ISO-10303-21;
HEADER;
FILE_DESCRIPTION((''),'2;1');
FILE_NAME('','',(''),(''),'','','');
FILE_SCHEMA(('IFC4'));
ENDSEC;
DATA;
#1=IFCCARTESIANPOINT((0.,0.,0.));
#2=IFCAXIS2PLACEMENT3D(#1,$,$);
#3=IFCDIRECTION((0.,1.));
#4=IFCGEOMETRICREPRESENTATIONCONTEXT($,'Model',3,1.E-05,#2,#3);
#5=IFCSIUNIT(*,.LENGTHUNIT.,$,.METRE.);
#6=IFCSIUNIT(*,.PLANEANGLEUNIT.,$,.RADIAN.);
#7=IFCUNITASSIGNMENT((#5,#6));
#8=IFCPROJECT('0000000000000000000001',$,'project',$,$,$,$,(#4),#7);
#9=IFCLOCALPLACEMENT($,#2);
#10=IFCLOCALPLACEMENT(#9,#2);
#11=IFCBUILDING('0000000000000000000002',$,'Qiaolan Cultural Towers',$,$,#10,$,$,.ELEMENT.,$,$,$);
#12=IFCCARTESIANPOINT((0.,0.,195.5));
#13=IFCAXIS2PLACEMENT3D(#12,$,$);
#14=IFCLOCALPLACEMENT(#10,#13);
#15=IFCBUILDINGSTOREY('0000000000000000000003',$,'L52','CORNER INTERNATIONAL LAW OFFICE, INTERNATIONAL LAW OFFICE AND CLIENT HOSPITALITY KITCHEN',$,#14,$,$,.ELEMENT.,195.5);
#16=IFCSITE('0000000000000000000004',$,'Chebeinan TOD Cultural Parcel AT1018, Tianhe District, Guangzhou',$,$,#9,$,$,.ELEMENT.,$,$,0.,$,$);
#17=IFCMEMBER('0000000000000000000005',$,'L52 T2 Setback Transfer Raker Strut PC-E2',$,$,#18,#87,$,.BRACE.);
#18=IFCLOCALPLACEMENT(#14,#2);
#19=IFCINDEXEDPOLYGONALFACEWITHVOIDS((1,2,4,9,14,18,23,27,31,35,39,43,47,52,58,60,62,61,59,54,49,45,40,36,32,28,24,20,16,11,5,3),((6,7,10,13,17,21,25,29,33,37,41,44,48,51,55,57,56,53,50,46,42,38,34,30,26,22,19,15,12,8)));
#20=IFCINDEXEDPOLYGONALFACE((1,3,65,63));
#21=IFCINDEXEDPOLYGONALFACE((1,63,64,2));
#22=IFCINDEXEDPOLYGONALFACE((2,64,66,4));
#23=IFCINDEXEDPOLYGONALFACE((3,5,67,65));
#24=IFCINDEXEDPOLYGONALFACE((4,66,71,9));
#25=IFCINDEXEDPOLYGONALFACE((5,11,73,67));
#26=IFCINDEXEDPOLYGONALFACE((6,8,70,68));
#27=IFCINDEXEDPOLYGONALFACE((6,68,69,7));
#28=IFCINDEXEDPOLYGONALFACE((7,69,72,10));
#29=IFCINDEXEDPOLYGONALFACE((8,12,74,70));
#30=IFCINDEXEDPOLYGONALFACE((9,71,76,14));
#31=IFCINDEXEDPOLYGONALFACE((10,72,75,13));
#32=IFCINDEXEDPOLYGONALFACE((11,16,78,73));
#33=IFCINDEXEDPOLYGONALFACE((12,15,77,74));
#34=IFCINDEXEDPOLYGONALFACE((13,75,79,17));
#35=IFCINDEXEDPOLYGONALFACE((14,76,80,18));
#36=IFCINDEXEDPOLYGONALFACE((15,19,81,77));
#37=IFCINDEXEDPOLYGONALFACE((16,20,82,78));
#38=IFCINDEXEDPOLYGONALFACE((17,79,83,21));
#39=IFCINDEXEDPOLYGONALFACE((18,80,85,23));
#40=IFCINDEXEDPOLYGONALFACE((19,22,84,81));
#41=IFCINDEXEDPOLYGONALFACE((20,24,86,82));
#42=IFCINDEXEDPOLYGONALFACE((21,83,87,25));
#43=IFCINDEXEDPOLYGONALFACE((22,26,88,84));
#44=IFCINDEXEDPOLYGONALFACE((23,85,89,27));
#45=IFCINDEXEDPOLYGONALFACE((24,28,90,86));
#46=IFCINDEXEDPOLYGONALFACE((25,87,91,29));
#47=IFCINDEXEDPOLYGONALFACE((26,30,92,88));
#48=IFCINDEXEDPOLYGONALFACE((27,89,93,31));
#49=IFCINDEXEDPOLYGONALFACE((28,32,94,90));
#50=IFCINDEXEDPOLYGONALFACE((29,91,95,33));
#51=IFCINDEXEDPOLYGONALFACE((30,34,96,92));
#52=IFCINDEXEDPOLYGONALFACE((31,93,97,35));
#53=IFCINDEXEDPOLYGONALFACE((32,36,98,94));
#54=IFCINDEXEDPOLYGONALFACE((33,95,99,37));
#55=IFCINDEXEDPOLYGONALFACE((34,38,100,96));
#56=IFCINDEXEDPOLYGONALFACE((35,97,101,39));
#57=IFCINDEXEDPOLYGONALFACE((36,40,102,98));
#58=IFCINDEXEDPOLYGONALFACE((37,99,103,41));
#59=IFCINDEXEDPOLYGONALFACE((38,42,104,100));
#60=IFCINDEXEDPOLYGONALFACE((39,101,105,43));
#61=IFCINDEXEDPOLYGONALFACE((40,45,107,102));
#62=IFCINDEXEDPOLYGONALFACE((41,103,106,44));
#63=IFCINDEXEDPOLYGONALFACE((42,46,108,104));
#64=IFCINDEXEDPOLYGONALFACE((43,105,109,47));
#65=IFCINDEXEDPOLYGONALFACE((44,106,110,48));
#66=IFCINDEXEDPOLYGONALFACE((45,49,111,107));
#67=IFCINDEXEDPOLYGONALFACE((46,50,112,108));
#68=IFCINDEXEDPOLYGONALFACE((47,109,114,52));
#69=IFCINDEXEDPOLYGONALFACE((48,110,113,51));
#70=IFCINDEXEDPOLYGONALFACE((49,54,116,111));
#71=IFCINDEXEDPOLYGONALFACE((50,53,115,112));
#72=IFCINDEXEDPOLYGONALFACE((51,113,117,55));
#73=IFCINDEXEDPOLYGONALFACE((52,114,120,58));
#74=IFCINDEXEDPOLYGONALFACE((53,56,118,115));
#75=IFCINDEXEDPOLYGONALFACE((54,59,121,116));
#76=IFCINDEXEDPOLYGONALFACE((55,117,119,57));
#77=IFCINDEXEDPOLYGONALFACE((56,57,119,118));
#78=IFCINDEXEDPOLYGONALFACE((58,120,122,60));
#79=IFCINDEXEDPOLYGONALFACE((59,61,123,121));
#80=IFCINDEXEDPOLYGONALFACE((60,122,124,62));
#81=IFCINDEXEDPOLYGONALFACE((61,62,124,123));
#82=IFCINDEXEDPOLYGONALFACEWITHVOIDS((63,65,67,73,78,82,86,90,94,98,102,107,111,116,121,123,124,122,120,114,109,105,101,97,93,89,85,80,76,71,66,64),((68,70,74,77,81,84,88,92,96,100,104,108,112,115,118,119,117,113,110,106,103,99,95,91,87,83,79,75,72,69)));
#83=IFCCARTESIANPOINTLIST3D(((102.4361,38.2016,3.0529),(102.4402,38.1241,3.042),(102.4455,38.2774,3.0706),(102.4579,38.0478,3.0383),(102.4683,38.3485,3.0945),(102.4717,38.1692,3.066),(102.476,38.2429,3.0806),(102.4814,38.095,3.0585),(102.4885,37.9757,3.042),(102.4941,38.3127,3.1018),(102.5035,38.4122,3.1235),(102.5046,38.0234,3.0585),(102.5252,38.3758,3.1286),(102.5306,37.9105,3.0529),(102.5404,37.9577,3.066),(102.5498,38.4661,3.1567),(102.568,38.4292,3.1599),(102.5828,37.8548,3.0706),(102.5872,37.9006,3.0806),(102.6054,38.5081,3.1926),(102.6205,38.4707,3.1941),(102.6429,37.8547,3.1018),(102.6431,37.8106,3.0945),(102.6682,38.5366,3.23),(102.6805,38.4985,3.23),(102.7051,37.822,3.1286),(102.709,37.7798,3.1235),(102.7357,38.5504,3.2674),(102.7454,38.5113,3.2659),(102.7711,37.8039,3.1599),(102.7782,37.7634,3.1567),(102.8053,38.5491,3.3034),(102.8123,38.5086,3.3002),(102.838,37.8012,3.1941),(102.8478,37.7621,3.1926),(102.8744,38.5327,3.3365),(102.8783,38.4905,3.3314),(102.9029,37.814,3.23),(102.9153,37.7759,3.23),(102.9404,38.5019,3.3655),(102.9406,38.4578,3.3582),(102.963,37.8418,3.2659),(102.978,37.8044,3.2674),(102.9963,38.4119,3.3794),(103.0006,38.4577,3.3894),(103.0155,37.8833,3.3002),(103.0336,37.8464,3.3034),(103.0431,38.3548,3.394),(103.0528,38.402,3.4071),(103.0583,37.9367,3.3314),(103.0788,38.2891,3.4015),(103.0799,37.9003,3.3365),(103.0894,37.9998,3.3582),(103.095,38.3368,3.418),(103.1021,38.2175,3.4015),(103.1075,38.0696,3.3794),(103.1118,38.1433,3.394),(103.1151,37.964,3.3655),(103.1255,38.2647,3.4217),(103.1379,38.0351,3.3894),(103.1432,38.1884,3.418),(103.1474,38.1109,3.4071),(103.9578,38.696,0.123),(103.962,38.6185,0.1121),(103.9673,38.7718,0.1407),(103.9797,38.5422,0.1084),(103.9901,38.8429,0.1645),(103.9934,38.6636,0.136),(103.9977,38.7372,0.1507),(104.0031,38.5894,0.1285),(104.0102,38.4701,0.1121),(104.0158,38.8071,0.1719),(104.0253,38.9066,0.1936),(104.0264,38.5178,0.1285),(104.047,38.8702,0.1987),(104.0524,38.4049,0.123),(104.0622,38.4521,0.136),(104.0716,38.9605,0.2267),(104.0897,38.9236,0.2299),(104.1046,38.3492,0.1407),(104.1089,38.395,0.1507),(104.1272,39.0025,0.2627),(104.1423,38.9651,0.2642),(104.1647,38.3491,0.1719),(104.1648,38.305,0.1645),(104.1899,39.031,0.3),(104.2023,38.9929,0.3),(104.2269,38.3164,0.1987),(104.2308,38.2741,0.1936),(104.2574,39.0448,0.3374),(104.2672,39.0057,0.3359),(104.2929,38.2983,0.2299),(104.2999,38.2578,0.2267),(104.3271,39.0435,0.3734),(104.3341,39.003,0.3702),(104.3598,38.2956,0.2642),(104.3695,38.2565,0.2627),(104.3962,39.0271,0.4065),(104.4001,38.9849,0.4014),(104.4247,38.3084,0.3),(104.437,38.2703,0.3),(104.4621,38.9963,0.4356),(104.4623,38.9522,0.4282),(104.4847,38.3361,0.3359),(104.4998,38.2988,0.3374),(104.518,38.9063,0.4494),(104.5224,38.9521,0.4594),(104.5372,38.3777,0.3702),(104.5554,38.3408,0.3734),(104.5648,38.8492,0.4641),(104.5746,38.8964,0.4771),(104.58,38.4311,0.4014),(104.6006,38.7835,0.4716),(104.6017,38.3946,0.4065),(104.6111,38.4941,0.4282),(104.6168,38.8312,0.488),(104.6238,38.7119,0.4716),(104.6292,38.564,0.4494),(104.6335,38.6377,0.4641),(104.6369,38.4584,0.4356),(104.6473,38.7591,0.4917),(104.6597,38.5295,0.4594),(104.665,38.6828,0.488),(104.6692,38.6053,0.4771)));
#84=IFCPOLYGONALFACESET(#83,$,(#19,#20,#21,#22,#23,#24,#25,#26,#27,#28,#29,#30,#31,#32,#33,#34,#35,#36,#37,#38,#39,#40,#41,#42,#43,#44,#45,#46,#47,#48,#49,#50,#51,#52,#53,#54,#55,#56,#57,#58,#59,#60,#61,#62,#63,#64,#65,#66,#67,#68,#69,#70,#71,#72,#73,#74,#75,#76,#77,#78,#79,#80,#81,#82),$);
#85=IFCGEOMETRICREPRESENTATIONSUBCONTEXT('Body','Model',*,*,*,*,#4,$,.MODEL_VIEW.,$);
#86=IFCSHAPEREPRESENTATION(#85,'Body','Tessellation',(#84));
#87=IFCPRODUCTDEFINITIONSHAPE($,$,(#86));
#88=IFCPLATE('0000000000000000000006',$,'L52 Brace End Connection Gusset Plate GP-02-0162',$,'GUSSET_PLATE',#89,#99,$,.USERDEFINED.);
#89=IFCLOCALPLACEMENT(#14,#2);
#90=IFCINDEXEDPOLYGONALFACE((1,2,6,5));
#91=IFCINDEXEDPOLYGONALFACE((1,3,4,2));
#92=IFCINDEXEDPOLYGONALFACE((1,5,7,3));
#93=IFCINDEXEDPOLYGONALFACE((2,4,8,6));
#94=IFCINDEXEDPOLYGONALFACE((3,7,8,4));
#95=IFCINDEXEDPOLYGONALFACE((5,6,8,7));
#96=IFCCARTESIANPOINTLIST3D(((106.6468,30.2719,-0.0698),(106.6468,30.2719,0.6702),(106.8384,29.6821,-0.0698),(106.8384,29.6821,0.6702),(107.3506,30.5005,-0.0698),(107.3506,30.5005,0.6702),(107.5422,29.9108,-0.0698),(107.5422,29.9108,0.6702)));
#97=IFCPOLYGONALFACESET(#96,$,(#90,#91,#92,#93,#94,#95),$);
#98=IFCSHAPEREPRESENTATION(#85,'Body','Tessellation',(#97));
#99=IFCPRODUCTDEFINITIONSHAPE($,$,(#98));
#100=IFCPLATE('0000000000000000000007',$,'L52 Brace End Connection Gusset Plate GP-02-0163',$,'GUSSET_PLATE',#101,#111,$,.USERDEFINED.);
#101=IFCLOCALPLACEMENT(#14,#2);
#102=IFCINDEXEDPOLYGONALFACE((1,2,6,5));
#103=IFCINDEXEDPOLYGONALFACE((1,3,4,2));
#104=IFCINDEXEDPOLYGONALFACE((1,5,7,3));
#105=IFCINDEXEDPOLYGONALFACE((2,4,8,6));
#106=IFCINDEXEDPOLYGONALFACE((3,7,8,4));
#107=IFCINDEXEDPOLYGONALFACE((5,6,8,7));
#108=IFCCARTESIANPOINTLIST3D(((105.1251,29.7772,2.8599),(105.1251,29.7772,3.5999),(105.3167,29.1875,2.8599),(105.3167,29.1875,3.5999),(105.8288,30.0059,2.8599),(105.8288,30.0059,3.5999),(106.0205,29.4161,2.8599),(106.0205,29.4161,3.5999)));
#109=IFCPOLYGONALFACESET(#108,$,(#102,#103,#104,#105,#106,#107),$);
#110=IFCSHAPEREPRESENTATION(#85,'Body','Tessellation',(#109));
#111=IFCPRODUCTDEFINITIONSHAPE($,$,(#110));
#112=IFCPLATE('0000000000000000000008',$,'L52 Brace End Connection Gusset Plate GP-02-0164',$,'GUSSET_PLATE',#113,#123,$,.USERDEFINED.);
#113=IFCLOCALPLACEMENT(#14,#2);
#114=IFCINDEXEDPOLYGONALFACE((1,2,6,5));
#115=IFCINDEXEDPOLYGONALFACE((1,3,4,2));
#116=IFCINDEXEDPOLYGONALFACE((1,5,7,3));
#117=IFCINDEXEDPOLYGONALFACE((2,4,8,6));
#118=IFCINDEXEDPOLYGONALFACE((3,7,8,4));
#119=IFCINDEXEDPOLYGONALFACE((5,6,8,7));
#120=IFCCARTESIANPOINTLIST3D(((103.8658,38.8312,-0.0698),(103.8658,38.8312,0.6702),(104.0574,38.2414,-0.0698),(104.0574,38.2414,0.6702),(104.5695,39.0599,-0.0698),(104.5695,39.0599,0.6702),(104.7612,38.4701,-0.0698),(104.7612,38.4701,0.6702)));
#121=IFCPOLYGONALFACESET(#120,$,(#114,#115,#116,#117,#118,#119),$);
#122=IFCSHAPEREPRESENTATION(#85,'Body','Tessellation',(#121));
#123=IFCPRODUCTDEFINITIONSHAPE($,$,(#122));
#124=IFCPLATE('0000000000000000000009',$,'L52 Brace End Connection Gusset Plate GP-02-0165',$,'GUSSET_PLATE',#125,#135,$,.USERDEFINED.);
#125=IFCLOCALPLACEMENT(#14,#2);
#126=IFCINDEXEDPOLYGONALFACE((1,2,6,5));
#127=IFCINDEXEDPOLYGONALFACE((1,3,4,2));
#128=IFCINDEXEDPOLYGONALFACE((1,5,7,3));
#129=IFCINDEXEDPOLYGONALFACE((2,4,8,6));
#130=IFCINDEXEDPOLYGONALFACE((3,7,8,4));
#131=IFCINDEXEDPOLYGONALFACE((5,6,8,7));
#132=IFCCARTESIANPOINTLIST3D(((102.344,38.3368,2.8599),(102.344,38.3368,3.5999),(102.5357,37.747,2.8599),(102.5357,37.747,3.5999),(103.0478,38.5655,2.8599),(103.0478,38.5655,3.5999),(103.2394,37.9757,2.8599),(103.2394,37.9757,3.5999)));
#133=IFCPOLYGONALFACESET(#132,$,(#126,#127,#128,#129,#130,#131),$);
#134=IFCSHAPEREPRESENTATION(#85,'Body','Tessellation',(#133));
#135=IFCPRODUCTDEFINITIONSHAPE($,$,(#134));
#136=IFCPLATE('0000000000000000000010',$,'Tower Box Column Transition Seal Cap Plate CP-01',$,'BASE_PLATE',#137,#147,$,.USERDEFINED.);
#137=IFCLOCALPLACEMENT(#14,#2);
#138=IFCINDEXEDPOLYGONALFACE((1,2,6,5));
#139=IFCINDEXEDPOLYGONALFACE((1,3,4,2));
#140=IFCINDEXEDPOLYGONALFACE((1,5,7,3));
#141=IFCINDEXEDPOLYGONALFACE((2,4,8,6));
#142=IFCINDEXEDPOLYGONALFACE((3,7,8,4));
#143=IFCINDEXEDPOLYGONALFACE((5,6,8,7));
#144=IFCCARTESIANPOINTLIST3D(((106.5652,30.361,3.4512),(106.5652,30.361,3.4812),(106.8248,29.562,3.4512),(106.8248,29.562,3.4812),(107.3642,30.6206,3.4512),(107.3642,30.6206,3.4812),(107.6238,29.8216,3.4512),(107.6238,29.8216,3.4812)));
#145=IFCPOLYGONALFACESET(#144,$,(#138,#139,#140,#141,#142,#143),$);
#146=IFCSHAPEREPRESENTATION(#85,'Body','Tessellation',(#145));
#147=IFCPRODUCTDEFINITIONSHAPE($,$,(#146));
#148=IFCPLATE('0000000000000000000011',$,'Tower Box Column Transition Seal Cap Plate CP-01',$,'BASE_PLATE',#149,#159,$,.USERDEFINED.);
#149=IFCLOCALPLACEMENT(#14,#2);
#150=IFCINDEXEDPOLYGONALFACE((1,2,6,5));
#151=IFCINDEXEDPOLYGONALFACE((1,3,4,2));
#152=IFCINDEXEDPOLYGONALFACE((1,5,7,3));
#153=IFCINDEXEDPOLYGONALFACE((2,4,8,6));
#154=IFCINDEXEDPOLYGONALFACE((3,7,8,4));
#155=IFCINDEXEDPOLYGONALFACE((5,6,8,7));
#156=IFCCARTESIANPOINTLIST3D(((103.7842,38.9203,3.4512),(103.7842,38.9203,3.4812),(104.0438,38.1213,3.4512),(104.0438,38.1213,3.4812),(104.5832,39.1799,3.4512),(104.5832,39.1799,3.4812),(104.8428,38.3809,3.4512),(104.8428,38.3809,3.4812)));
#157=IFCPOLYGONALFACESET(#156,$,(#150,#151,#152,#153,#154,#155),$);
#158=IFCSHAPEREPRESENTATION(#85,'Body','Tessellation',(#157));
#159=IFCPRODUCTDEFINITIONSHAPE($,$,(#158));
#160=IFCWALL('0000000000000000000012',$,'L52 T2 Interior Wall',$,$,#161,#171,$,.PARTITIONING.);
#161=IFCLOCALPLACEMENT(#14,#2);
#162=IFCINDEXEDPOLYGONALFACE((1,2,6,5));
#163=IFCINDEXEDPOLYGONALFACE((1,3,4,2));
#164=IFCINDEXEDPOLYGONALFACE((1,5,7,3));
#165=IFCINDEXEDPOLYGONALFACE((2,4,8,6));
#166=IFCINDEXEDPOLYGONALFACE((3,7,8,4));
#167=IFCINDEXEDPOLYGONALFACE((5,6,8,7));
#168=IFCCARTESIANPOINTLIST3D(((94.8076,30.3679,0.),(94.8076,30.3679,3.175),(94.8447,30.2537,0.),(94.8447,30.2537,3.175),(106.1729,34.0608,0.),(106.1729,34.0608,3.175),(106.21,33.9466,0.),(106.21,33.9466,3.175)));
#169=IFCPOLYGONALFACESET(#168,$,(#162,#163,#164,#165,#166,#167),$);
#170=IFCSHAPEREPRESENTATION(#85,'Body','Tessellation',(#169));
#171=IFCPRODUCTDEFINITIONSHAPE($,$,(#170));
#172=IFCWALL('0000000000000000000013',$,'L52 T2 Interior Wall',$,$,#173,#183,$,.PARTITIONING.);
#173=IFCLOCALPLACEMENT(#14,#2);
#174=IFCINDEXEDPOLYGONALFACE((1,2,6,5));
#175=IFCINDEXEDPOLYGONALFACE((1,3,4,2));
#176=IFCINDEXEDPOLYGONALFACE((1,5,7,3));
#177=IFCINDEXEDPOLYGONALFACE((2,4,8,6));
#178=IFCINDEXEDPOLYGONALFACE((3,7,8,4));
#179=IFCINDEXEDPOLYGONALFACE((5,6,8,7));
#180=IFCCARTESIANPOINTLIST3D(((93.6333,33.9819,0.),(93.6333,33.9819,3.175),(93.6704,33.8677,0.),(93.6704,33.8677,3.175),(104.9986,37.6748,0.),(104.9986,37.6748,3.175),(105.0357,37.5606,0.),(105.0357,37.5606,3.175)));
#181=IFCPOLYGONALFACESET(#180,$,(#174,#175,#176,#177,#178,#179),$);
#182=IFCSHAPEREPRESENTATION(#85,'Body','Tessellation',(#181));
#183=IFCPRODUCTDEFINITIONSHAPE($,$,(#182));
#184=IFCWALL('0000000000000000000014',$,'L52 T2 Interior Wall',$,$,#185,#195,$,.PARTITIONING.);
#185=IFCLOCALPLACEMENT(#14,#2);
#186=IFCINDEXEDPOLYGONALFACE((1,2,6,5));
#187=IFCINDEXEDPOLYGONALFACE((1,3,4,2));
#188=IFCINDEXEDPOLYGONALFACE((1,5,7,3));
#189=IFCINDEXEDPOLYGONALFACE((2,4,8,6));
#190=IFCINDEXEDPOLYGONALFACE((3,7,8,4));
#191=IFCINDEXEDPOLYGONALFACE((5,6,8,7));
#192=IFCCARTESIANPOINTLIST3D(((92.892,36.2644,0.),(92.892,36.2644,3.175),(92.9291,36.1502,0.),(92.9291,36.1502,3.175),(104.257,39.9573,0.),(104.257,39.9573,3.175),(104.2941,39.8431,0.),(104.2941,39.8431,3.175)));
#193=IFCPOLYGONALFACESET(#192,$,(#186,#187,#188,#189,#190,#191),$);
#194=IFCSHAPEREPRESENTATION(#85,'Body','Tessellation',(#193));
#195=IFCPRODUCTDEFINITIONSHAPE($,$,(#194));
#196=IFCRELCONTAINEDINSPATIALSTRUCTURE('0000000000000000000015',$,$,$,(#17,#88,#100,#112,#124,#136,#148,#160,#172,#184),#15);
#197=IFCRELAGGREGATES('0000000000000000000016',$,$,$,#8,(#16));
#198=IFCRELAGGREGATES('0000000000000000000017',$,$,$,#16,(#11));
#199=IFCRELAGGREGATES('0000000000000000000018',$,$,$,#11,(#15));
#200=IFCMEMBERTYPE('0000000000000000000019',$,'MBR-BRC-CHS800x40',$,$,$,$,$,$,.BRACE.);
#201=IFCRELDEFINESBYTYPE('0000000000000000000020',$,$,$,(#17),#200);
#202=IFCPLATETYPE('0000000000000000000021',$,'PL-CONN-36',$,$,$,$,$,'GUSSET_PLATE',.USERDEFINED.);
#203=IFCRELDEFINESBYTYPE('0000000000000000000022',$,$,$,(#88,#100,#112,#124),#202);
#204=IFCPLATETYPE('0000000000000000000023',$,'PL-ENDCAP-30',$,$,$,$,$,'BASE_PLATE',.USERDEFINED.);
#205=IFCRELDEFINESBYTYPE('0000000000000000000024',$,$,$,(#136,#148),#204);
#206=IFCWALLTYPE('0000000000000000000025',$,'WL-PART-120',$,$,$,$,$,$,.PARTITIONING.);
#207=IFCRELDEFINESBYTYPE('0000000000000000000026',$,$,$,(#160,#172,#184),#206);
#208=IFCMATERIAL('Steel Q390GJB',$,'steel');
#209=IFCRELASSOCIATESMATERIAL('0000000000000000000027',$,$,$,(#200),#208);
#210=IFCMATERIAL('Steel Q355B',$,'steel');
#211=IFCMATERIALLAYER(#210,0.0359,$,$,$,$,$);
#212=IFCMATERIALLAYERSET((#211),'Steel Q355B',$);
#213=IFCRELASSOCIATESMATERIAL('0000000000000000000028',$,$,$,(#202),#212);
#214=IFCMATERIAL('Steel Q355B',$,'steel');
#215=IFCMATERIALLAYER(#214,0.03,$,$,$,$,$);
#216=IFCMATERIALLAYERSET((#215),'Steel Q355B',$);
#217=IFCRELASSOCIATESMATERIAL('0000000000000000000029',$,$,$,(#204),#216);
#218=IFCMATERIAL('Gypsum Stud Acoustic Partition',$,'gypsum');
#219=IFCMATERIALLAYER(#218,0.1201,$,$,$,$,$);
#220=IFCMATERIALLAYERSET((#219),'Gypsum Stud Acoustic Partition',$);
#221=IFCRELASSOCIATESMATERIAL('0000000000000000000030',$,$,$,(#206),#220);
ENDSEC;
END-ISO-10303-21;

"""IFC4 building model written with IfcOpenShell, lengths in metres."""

from ifc_helpers import new_model, si_unit, direction, frame, frame_2d, origin, origin_2d, place, context, subcontext, project, spatial, rectangle, hollow_circle, extrude, material, layer, layer_set, material_profile, profile_set, type_object, element, save


model = new_model("IFC4")

# Units and contexts
model_context = context("Model", 3, precision=1e-05, world=origin(), true_north=direction((0.0, 1.0)))
body_context = subcontext(model_context, "Body", "Model", "MODEL_VIEW")
ifc_project = project(units=[si_unit("LENGTHUNIT", "METRE"), si_unit("PLANEANGLEUNIT", "RADIAN")], contexts=[model_context])

# Site, building, storey
site_placement = place(None, origin())
site = spatial("IfcSite", under=ifc_project, at=site_placement, Name="Chebeinan TOD Cultural Parcel AT1018, Tianhe District, Guangzhou", CompositionType="ELEMENT", RefElevation=0.0)
building_placement = place(site_placement, origin())
building = spatial("IfcBuilding", under=site, at=building_placement, Name="Qiaolan Cultural Towers", CompositionType="ELEMENT")
storey_placement = place(building_placement, frame((0.0, 0.0, 195.5)))
storey = spatial("IfcBuildingStorey", under=building, at=storey_placement, Name="L52", Description="CORNER INTERNATIONAL LAW OFFICE, INTERNATIONAL LAW OFFICE AND CLIENT HOSPITALITY KITCHEN", CompositionType="ELEMENT", Elevation=195.5)

# Member
ifc_material_1 = material(Name="Steel Q390GJB", Category="steel")
ifc_material_profile_1 = material_profile(ifc_material_1, hollow_circle(Radius=0.3999, WallThickness=0.04, at=origin_2d()), Name="CHS800x40")
ifc_profile_set_1 = profile_set([ifc_material_profile_1], Name="Steel Q390GJB")
member_type = type_object("IfcMemberType", Name="MBR-BRC-CHS800x40", PredefinedType="BRACE", material=ifc_profile_set_1)
for number, where, z_axis, x_axis, name in (
    (1, (104.3135, 38.6506, 0.3), (-0.455833, -0.148093, 0.877659), (0.308986, -0.951067, 0.0), "L52 T2 Setback Transfer Raker Strut PC-E2"),
):
    element("IfcMember", number, at=place(storey_placement, frame(where, z_axis=z_axis, x_axis=x_axis)), inside=storey, type_object=member_type, Name=name, PredefinedType="BRACE", context=body_context, shape_type="SweptSolid", body=[
        extrude(hollow_circle(Radius=0.3999, WallThickness=0.04, at=origin_2d()), origin(), (0.0, 0.0, 1.0), 3.3384),
    ])

# Plates
ifc_material_2 = material(Name="Steel Q355B", Category="steel")
ifc_layer_1 = layer(ifc_material_2, 0.0359)
ifc_layer_set_1 = layer_set([ifc_layer_1], Name="Steel Q355B")
plate_type_1 = type_object("IfcPlateType", Name="PL-CONN-36", ElementType="GUSSET_PLATE", PredefinedType="USERDEFINED", material=ifc_layer_set_1)
for number, where, z_axis, x_axis, name in (
    (2, (107.0945, 30.0913, -0.0698), (0.0, 0.0, 1.0), (0.951057, 0.309017, 0.0), "L52 Brace End Connection Gusset Plate GP-02-0162"),
    (3, (105.5728, 29.5967, 2.8599), (0.0, 0.0, 1.0), (0.951057, 0.309017, 0.0), "L52 Brace End Connection Gusset Plate GP-02-0163"),
    (4, (104.3135, 38.6506, -0.0698), (0.0, 0.0, 1.0), (0.951057, 0.309017, 0.0), "L52 Brace End Connection Gusset Plate GP-02-0164"),
    (5, (102.7917, 38.1562, 2.8599), (0.0, 0.0, 1.0), (0.951057, 0.309017, 0.0), "L52 Brace End Connection Gusset Plate GP-02-0165"),
):
    element("IfcPlate", number, at=place(storey_placement, frame(where, z_axis=z_axis, x_axis=x_axis)), inside=storey, type_object=plate_type_1, Name=name, ObjectType="GUSSET_PLATE", PredefinedType="USERDEFINED", context=body_context, shape_type="SweptSolid", body=[
        extrude(rectangle(XDim=0.74, YDim=0.6201, at=origin_2d()), origin(), (0.0, 0.0, 1.0), 0.74),
    ])
ifc_material_3 = material(Name="Steel Q355B", Category="steel")
ifc_layer_2 = layer(ifc_material_3, 0.03)
ifc_layer_set_2 = layer_set([ifc_layer_2], Name="Steel Q355B")
plate_type_2 = type_object("IfcPlateType", Name="PL-ENDCAP-30", ElementType="BASE_PLATE", PredefinedType="USERDEFINED", material=ifc_layer_set_2)
for number, where, z_axis, x_axis, name in (
    (6, (107.0945, 30.0913, 3.4512), (0.0, 0.0, 1.0), (0.951057, 0.309017, 0.0), "Tower Box Column Transition Seal Cap Plate CP-01"),
    (7, (104.3135, 38.6506, 3.4512), (0.0, 0.0, 1.0), (0.951057, 0.309017, 0.0), "Tower Box Column Transition Seal Cap Plate CP-01"),
):
    element("IfcPlate", number, at=place(storey_placement, frame(where, z_axis=z_axis, x_axis=x_axis)), inside=storey, type_object=plate_type_2, Name=name, ObjectType="BASE_PLATE", PredefinedType="USERDEFINED", context=body_context, shape_type="SweptSolid", body=[
        extrude(rectangle(XDim=0.8401, YDim=0.8401, at=origin_2d()), origin(), (0.0, 0.0, 1.0), 0.03),
    ])

# Walls
ifc_material_4 = material(Name="Gypsum Stud Acoustic Partition", Category="gypsum")
ifc_layer_3 = layer(ifc_material_4, 0.1201)
ifc_layer_set_3 = layer_set([ifc_layer_3], Name="Gypsum Stud Acoustic Partition")
wall_type_1 = type_object("IfcWallType", Name="WL-PART-120", PredefinedType="PARTITIONING", material=ifc_layer_set_3)
for number, where, z_axis, x_axis, name in (
    (8, (94.8262, 30.3108, 0.0), (0.0, 0.0, 1.0), (0.951054, 0.309023, 0.0), "L52 T2 Interior Wall"),
    (9, (93.6519, 33.9248, 0.0), (0.0, 0.0, 1.0), (0.951054, 0.309023, 0.0), "L52 T2 Interior Wall"),
):
    element("IfcWall", number, at=place(storey_placement, frame(where, z_axis=z_axis, x_axis=x_axis)), inside=storey, type_object=wall_type_1, Name=name, PredefinedType="PARTITIONING", context=body_context, shape_type="SweptSolid", body=[
        extrude(rectangle(XDim=11.9502, YDim=0.1201, at=frame_2d((5.9751, 0.0))), origin(), (0.0, 0.0, 1.0), 3.175),
    ])
wall_1_placement = place(storey_placement, frame((92.9104, 36.2073, 0.0), z_axis=(0.0, 0.0, 1.0), x_axis=(0.951053, 0.309029, 0.0)))
element("IfcWall", 10, at=wall_1_placement, inside=storey, type_object=wall_type_1, Name="L52 T2 Interior Wall", PredefinedType="PARTITIONING", context=body_context, shape_type="SweptSolid", body=[
    extrude(rectangle(XDim=11.95, YDim=0.1201, at=frame_2d((5.9751, 0.0))), origin(), (0.0, 0.0, 1.0), 3.175),
])

save(model, "model.ifc")
